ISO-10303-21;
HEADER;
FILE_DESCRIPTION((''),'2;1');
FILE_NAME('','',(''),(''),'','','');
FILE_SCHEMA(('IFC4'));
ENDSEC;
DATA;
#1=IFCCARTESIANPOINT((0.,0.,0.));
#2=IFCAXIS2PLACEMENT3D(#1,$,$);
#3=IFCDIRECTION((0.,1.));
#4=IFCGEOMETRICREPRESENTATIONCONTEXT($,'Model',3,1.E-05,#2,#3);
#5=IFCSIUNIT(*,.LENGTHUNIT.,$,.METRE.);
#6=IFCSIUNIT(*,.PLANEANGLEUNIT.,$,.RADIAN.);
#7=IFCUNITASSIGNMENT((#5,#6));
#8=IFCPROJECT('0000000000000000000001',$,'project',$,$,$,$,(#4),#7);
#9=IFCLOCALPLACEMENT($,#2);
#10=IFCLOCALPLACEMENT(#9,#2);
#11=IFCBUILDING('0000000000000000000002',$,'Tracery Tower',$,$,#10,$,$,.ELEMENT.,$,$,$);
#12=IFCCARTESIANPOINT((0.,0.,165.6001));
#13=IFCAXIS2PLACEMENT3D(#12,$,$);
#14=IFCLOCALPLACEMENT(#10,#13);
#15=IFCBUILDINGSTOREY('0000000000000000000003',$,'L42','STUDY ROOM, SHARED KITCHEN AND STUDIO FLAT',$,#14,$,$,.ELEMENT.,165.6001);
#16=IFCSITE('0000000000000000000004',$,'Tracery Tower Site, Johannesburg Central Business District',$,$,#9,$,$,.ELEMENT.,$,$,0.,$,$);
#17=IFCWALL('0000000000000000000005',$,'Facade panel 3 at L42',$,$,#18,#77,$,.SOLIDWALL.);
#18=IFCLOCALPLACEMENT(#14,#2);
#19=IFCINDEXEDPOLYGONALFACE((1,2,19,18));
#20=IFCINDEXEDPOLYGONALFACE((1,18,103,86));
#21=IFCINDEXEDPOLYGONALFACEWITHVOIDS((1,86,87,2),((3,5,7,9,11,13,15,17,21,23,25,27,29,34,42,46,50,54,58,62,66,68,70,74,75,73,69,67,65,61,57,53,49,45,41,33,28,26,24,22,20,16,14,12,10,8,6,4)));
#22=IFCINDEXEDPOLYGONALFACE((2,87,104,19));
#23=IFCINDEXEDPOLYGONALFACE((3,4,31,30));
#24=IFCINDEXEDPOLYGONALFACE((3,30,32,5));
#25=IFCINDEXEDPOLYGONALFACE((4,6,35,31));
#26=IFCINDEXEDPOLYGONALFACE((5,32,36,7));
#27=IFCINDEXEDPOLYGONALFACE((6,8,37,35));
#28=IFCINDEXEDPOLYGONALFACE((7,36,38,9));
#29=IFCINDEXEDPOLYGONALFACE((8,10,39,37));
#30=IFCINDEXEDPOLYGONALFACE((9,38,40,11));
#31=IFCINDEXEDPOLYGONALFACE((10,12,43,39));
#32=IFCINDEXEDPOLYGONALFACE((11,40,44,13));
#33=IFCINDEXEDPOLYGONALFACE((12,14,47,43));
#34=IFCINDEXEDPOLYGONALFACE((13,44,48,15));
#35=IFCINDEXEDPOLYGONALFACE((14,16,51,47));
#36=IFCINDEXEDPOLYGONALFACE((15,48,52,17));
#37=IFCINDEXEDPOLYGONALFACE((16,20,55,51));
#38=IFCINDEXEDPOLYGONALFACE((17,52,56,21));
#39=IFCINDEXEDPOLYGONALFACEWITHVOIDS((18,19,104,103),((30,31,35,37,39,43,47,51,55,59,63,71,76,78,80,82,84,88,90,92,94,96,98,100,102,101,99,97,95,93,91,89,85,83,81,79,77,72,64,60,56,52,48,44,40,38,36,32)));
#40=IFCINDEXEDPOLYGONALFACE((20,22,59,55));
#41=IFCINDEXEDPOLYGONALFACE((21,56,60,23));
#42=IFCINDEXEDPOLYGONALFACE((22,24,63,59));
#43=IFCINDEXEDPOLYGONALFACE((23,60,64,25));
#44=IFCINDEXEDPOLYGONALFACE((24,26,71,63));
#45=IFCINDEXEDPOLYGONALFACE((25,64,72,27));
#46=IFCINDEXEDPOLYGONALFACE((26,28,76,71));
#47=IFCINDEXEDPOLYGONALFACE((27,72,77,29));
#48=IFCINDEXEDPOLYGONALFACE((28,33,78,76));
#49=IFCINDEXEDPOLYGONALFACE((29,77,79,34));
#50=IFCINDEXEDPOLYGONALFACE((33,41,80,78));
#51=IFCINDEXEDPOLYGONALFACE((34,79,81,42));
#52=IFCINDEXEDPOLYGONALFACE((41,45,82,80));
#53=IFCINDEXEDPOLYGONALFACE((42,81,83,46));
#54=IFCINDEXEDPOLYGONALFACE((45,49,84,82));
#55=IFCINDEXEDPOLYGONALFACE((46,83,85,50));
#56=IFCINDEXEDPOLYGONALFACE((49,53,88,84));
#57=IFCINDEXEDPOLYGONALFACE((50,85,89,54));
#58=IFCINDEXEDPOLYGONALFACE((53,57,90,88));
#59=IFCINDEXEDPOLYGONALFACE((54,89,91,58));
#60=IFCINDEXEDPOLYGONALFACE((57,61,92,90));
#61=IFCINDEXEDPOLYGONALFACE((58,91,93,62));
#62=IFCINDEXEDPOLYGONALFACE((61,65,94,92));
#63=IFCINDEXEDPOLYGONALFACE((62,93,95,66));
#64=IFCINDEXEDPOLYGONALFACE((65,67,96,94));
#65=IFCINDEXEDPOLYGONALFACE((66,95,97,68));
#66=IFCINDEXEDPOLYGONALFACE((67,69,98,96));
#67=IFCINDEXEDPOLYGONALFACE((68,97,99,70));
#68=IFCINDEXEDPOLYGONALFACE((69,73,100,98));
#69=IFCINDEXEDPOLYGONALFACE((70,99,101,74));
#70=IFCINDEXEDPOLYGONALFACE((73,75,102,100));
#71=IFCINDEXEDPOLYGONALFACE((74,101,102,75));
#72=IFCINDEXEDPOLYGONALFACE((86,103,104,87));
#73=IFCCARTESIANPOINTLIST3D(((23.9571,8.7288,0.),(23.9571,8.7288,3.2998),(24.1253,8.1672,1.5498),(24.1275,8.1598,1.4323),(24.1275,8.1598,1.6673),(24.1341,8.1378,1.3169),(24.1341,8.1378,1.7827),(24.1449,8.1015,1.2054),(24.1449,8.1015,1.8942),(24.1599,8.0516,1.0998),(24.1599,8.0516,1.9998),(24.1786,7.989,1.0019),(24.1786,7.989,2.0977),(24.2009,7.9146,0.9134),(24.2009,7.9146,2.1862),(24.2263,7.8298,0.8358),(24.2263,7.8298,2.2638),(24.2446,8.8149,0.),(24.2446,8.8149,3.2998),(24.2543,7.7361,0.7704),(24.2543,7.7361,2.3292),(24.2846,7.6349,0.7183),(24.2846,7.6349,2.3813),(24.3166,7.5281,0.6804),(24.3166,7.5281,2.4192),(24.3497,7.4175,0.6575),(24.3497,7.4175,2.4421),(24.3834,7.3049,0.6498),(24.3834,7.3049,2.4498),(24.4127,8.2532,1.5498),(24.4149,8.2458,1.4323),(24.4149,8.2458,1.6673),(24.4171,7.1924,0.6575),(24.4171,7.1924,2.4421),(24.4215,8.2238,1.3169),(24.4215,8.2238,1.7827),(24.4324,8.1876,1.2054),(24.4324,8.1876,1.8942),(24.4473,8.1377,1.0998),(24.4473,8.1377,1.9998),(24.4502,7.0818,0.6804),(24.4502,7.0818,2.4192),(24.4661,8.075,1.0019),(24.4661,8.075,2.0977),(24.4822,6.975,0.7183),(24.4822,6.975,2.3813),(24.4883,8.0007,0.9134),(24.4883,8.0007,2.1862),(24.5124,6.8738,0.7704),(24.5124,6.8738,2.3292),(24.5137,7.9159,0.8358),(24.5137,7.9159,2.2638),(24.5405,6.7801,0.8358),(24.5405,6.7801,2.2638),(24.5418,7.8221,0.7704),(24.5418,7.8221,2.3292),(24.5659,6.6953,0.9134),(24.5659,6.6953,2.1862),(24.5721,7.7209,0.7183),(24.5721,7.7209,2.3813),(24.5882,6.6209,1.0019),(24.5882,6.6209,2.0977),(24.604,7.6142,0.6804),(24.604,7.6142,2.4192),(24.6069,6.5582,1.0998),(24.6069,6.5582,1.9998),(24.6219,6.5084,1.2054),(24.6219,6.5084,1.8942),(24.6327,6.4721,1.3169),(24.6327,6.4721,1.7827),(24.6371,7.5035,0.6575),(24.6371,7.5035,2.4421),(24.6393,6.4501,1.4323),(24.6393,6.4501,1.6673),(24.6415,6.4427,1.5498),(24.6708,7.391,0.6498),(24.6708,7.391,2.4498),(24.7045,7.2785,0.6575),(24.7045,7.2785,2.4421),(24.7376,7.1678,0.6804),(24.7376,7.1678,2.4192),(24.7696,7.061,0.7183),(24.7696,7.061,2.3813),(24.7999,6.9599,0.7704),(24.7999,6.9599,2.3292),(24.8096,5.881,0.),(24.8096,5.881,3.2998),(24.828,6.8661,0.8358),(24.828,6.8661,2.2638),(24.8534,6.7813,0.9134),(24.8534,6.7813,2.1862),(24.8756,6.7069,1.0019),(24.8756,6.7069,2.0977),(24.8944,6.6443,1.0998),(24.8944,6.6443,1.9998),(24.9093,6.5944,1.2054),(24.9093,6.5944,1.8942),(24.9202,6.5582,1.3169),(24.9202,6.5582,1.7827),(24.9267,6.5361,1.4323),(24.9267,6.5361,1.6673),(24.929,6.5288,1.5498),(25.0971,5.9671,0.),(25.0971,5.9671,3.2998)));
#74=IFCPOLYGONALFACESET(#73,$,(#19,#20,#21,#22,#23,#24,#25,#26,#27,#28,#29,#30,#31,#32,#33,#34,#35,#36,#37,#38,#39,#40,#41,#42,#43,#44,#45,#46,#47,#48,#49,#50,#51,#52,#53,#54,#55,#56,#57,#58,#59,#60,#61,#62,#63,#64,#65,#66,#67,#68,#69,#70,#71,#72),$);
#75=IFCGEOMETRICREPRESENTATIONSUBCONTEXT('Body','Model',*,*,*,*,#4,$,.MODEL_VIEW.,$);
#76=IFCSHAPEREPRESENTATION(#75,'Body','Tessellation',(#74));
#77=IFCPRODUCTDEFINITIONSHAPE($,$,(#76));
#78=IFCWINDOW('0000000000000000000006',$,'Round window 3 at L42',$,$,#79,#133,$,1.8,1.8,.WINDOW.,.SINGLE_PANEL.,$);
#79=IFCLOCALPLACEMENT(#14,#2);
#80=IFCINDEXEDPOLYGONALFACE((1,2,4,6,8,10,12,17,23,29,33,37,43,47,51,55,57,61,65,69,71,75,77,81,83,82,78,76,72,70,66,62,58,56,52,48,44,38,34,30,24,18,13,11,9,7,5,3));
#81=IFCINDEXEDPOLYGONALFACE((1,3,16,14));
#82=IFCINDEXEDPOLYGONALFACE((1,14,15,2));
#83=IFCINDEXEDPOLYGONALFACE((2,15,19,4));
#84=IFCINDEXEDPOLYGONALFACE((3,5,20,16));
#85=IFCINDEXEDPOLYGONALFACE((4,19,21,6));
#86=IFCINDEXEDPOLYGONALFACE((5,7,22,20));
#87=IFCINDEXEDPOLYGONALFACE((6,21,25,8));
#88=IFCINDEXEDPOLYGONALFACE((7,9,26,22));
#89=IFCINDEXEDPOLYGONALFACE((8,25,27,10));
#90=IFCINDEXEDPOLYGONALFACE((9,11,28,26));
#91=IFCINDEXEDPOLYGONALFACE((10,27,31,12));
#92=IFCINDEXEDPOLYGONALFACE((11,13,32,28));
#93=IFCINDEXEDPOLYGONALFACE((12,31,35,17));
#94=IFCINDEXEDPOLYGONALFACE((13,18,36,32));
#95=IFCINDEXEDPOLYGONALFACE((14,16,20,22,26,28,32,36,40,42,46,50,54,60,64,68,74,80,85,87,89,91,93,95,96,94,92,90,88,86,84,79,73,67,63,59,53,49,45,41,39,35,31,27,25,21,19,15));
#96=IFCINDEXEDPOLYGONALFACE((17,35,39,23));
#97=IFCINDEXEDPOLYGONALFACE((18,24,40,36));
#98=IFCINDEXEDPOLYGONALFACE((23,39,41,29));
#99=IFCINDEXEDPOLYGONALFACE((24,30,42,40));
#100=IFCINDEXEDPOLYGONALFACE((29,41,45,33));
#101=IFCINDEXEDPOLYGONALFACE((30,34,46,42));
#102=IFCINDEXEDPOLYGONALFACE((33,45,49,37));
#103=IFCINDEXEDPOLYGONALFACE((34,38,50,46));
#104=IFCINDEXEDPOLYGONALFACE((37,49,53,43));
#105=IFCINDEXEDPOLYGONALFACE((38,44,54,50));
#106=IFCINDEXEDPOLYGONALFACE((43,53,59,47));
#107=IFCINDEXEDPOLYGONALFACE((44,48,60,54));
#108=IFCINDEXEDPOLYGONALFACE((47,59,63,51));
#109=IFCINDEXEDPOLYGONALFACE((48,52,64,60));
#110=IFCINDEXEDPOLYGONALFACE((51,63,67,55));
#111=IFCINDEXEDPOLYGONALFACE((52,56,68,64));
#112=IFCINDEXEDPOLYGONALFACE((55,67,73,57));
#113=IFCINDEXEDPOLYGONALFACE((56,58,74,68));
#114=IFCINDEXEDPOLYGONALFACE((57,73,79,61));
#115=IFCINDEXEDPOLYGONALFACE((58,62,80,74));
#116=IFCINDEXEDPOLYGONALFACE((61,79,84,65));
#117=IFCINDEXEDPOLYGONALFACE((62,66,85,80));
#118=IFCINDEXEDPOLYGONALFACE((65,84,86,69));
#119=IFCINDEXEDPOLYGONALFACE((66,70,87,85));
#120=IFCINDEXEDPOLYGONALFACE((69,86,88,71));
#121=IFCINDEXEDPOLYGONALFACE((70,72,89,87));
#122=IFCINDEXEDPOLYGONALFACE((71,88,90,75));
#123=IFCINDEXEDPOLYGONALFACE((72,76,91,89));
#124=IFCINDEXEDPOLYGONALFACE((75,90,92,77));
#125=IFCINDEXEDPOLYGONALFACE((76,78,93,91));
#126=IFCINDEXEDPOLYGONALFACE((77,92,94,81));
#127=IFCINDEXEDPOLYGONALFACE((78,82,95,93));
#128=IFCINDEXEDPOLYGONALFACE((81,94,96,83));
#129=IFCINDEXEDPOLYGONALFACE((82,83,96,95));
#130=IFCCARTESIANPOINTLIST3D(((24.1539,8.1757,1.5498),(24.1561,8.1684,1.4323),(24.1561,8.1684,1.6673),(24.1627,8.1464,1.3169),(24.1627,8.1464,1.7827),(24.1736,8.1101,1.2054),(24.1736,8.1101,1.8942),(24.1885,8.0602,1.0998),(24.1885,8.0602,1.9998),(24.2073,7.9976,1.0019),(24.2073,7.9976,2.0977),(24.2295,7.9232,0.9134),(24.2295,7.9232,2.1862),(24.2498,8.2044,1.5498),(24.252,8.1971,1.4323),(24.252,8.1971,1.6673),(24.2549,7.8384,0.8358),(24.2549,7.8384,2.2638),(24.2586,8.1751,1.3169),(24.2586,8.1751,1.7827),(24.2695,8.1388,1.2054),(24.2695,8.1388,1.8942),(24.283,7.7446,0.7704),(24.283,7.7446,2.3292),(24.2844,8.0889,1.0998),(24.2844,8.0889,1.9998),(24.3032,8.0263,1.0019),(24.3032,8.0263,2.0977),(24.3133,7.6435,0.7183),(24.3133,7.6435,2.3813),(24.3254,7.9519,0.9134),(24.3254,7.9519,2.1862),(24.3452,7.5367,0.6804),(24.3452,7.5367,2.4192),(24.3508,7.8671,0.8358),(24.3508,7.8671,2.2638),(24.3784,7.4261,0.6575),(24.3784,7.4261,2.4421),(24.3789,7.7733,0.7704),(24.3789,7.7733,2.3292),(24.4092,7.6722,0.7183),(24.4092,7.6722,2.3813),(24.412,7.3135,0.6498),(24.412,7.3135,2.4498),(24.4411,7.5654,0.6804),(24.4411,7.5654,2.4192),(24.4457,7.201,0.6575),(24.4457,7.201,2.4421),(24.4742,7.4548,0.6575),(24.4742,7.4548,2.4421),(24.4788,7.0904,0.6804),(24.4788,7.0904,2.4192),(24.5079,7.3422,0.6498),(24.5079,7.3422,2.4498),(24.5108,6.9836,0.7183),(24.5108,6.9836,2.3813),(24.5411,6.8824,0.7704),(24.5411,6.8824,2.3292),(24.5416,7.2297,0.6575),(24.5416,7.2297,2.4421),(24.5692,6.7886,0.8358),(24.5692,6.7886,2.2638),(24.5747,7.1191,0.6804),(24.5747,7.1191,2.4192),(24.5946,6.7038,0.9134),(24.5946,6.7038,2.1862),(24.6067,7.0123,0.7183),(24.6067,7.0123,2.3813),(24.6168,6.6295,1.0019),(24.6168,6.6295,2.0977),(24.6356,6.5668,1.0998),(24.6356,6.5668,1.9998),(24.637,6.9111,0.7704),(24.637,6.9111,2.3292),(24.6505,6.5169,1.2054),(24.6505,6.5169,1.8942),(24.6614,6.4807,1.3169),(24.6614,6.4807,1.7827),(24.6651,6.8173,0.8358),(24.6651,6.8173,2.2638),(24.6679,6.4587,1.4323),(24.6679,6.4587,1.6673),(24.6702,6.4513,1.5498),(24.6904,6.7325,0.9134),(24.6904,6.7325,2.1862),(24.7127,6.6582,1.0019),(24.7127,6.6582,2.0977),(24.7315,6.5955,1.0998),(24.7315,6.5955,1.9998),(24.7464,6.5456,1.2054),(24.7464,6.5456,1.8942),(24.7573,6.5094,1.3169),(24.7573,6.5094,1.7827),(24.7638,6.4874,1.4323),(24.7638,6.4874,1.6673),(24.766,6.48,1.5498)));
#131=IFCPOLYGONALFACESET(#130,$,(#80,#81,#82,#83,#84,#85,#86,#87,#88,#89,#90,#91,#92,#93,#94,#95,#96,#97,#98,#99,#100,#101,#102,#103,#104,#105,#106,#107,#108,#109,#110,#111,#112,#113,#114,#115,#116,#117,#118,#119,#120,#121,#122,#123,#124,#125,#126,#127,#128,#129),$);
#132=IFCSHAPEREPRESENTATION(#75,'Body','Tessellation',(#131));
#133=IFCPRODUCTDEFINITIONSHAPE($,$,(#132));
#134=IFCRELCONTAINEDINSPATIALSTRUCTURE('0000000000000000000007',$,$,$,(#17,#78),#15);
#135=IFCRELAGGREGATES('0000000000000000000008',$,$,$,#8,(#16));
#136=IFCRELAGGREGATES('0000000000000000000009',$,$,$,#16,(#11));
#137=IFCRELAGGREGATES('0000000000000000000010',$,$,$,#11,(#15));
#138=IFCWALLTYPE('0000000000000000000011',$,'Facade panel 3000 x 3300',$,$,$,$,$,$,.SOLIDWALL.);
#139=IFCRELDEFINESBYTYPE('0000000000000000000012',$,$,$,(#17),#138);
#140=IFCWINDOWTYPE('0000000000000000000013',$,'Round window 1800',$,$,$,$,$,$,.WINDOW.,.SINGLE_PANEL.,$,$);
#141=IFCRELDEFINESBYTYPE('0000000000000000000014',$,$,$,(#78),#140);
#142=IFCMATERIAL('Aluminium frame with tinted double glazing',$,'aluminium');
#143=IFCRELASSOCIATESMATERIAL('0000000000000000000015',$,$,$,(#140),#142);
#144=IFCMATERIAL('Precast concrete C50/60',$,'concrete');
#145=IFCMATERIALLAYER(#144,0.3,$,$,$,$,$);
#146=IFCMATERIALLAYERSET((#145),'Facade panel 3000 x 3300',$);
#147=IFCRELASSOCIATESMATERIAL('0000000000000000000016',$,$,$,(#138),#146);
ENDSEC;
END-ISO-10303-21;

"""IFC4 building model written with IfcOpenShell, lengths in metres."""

from ifc_helpers import new_model, si_unit, direction, frame, frame_2d, origin, origin_2d, place, context, subcontext, project, spatial, rectangle, circle, extrude, material, layer, layer_set, type_object, element, fill, save


model = new_model("IFC4")

# Units and contexts
model_context = context("Model", 3, precision=1e-05, world=origin(), true_north=direction((0.0, 1.0)))
body_context = subcontext(model_context, "Body", "Model", "MODEL_VIEW")
ifc_project = project(units=[si_unit("LENGTHUNIT", "METRE"), si_unit("PLANEANGLEUNIT", "RADIAN")], contexts=[model_context])

# Site, building, storey
site_placement = place(None, origin())
site = spatial("IfcSite", under=ifc_project, at=site_placement, Name="Tracery Tower Site, Johannesburg Central Business District", CompositionType="ELEMENT", RefElevation=0.0)
building_placement = place(site_placement, origin())
building = spatial("IfcBuilding", under=site, at=building_placement, Name="Tracery Tower", CompositionType="ELEMENT")
storey_placement = place(building_placement, frame((0.0, 0.0, 165.6001)))
storey = spatial("IfcBuildingStorey", under=building, at=storey_placement, Name="L42", Description="STUDY ROOM, SHARED KITCHEN AND STUDIO FLAT", CompositionType="ELEMENT", Elevation=165.6001)

# Wall, opening, window
ifc_material_1 = material(Name="Aluminium frame with tinted double glazing", Category="aluminium")
window_type = type_object("IfcWindowType", Name="Round window 1800", PartitioningType="SINGLE_PANEL", PredefinedType="WINDOW", material=ifc_material_1)
ifc_material_2 = material(Name="Precast concrete C50/60", Category="concrete")
ifc_layer_1 = layer(ifc_material_2, 0.3)
ifc_layer_set_1 = layer_set([ifc_layer_1], Name="Facade panel 3000 x 3300")
wall_type_1 = type_object("IfcWallType", Name="Facade panel 3000 x 3300", PredefinedType="SOLIDWALL", material=ifc_layer_set_1)
wall_1_placement = place(storey_placement, frame((24.9534, 5.9241, 0.0), z_axis=(0.0, 0.0, 1.0), x_axis=(-0.286783, 0.957996, 0.0)))
wall_1 = element("IfcWall", 1, at=wall_1_placement, inside=storey, type_object=wall_type_1, Name="Facade panel 3 at L42", PredefinedType="SOLIDWALL", context=body_context, shape_type="SweptSolid", body=[
    extrude(rectangle(XDim=2.9727, YDim=0.3, at=frame_2d((1.4863, 0.0))), origin(), (0.0, 0.0, 1.0), 3.2998),
])
opening_1_placement = place(wall_1_placement, frame((1.4863, 0.0, 1.5498)))
opening_1 = element("IfcOpeningElement", 2, at=opening_1_placement, cuts=wall_1, PredefinedType="OPENING", context=body_context, shape_type="SweptSolid", body=[
    extrude(circle(Radius=0.9, at=origin_2d()), frame((0.0, 0.1599, 0.0), z_axis=(0.0, -1.0, 0.0), x_axis=(1.0, 0.0, 0.0)), (0.0, 0.0, 1.0), 0.3201),
])
window_1_placement = place(opening_1_placement, origin())
window_1 = element("IfcWindow", 3, at=window_1_placement, inside=storey, type_object=window_type, Name="Round window 3 at L42", OverallHeight=1.8, OverallWidth=1.8, PartitioningType="SINGLE_PANEL", PredefinedType="WINDOW", context=body_context, shape_type="SweptSolid", body=[
    extrude(circle(Radius=0.9, at=origin_2d()), frame((0.0, 0.1201, 0.0), z_axis=(0.0, -1.0, 0.0), x_axis=(1.0, 0.0, 0.0)), (0.0, 0.0, 1.0), 0.1001),
])
fill(opening_1, window_1)

save(model, "model.ifc")
